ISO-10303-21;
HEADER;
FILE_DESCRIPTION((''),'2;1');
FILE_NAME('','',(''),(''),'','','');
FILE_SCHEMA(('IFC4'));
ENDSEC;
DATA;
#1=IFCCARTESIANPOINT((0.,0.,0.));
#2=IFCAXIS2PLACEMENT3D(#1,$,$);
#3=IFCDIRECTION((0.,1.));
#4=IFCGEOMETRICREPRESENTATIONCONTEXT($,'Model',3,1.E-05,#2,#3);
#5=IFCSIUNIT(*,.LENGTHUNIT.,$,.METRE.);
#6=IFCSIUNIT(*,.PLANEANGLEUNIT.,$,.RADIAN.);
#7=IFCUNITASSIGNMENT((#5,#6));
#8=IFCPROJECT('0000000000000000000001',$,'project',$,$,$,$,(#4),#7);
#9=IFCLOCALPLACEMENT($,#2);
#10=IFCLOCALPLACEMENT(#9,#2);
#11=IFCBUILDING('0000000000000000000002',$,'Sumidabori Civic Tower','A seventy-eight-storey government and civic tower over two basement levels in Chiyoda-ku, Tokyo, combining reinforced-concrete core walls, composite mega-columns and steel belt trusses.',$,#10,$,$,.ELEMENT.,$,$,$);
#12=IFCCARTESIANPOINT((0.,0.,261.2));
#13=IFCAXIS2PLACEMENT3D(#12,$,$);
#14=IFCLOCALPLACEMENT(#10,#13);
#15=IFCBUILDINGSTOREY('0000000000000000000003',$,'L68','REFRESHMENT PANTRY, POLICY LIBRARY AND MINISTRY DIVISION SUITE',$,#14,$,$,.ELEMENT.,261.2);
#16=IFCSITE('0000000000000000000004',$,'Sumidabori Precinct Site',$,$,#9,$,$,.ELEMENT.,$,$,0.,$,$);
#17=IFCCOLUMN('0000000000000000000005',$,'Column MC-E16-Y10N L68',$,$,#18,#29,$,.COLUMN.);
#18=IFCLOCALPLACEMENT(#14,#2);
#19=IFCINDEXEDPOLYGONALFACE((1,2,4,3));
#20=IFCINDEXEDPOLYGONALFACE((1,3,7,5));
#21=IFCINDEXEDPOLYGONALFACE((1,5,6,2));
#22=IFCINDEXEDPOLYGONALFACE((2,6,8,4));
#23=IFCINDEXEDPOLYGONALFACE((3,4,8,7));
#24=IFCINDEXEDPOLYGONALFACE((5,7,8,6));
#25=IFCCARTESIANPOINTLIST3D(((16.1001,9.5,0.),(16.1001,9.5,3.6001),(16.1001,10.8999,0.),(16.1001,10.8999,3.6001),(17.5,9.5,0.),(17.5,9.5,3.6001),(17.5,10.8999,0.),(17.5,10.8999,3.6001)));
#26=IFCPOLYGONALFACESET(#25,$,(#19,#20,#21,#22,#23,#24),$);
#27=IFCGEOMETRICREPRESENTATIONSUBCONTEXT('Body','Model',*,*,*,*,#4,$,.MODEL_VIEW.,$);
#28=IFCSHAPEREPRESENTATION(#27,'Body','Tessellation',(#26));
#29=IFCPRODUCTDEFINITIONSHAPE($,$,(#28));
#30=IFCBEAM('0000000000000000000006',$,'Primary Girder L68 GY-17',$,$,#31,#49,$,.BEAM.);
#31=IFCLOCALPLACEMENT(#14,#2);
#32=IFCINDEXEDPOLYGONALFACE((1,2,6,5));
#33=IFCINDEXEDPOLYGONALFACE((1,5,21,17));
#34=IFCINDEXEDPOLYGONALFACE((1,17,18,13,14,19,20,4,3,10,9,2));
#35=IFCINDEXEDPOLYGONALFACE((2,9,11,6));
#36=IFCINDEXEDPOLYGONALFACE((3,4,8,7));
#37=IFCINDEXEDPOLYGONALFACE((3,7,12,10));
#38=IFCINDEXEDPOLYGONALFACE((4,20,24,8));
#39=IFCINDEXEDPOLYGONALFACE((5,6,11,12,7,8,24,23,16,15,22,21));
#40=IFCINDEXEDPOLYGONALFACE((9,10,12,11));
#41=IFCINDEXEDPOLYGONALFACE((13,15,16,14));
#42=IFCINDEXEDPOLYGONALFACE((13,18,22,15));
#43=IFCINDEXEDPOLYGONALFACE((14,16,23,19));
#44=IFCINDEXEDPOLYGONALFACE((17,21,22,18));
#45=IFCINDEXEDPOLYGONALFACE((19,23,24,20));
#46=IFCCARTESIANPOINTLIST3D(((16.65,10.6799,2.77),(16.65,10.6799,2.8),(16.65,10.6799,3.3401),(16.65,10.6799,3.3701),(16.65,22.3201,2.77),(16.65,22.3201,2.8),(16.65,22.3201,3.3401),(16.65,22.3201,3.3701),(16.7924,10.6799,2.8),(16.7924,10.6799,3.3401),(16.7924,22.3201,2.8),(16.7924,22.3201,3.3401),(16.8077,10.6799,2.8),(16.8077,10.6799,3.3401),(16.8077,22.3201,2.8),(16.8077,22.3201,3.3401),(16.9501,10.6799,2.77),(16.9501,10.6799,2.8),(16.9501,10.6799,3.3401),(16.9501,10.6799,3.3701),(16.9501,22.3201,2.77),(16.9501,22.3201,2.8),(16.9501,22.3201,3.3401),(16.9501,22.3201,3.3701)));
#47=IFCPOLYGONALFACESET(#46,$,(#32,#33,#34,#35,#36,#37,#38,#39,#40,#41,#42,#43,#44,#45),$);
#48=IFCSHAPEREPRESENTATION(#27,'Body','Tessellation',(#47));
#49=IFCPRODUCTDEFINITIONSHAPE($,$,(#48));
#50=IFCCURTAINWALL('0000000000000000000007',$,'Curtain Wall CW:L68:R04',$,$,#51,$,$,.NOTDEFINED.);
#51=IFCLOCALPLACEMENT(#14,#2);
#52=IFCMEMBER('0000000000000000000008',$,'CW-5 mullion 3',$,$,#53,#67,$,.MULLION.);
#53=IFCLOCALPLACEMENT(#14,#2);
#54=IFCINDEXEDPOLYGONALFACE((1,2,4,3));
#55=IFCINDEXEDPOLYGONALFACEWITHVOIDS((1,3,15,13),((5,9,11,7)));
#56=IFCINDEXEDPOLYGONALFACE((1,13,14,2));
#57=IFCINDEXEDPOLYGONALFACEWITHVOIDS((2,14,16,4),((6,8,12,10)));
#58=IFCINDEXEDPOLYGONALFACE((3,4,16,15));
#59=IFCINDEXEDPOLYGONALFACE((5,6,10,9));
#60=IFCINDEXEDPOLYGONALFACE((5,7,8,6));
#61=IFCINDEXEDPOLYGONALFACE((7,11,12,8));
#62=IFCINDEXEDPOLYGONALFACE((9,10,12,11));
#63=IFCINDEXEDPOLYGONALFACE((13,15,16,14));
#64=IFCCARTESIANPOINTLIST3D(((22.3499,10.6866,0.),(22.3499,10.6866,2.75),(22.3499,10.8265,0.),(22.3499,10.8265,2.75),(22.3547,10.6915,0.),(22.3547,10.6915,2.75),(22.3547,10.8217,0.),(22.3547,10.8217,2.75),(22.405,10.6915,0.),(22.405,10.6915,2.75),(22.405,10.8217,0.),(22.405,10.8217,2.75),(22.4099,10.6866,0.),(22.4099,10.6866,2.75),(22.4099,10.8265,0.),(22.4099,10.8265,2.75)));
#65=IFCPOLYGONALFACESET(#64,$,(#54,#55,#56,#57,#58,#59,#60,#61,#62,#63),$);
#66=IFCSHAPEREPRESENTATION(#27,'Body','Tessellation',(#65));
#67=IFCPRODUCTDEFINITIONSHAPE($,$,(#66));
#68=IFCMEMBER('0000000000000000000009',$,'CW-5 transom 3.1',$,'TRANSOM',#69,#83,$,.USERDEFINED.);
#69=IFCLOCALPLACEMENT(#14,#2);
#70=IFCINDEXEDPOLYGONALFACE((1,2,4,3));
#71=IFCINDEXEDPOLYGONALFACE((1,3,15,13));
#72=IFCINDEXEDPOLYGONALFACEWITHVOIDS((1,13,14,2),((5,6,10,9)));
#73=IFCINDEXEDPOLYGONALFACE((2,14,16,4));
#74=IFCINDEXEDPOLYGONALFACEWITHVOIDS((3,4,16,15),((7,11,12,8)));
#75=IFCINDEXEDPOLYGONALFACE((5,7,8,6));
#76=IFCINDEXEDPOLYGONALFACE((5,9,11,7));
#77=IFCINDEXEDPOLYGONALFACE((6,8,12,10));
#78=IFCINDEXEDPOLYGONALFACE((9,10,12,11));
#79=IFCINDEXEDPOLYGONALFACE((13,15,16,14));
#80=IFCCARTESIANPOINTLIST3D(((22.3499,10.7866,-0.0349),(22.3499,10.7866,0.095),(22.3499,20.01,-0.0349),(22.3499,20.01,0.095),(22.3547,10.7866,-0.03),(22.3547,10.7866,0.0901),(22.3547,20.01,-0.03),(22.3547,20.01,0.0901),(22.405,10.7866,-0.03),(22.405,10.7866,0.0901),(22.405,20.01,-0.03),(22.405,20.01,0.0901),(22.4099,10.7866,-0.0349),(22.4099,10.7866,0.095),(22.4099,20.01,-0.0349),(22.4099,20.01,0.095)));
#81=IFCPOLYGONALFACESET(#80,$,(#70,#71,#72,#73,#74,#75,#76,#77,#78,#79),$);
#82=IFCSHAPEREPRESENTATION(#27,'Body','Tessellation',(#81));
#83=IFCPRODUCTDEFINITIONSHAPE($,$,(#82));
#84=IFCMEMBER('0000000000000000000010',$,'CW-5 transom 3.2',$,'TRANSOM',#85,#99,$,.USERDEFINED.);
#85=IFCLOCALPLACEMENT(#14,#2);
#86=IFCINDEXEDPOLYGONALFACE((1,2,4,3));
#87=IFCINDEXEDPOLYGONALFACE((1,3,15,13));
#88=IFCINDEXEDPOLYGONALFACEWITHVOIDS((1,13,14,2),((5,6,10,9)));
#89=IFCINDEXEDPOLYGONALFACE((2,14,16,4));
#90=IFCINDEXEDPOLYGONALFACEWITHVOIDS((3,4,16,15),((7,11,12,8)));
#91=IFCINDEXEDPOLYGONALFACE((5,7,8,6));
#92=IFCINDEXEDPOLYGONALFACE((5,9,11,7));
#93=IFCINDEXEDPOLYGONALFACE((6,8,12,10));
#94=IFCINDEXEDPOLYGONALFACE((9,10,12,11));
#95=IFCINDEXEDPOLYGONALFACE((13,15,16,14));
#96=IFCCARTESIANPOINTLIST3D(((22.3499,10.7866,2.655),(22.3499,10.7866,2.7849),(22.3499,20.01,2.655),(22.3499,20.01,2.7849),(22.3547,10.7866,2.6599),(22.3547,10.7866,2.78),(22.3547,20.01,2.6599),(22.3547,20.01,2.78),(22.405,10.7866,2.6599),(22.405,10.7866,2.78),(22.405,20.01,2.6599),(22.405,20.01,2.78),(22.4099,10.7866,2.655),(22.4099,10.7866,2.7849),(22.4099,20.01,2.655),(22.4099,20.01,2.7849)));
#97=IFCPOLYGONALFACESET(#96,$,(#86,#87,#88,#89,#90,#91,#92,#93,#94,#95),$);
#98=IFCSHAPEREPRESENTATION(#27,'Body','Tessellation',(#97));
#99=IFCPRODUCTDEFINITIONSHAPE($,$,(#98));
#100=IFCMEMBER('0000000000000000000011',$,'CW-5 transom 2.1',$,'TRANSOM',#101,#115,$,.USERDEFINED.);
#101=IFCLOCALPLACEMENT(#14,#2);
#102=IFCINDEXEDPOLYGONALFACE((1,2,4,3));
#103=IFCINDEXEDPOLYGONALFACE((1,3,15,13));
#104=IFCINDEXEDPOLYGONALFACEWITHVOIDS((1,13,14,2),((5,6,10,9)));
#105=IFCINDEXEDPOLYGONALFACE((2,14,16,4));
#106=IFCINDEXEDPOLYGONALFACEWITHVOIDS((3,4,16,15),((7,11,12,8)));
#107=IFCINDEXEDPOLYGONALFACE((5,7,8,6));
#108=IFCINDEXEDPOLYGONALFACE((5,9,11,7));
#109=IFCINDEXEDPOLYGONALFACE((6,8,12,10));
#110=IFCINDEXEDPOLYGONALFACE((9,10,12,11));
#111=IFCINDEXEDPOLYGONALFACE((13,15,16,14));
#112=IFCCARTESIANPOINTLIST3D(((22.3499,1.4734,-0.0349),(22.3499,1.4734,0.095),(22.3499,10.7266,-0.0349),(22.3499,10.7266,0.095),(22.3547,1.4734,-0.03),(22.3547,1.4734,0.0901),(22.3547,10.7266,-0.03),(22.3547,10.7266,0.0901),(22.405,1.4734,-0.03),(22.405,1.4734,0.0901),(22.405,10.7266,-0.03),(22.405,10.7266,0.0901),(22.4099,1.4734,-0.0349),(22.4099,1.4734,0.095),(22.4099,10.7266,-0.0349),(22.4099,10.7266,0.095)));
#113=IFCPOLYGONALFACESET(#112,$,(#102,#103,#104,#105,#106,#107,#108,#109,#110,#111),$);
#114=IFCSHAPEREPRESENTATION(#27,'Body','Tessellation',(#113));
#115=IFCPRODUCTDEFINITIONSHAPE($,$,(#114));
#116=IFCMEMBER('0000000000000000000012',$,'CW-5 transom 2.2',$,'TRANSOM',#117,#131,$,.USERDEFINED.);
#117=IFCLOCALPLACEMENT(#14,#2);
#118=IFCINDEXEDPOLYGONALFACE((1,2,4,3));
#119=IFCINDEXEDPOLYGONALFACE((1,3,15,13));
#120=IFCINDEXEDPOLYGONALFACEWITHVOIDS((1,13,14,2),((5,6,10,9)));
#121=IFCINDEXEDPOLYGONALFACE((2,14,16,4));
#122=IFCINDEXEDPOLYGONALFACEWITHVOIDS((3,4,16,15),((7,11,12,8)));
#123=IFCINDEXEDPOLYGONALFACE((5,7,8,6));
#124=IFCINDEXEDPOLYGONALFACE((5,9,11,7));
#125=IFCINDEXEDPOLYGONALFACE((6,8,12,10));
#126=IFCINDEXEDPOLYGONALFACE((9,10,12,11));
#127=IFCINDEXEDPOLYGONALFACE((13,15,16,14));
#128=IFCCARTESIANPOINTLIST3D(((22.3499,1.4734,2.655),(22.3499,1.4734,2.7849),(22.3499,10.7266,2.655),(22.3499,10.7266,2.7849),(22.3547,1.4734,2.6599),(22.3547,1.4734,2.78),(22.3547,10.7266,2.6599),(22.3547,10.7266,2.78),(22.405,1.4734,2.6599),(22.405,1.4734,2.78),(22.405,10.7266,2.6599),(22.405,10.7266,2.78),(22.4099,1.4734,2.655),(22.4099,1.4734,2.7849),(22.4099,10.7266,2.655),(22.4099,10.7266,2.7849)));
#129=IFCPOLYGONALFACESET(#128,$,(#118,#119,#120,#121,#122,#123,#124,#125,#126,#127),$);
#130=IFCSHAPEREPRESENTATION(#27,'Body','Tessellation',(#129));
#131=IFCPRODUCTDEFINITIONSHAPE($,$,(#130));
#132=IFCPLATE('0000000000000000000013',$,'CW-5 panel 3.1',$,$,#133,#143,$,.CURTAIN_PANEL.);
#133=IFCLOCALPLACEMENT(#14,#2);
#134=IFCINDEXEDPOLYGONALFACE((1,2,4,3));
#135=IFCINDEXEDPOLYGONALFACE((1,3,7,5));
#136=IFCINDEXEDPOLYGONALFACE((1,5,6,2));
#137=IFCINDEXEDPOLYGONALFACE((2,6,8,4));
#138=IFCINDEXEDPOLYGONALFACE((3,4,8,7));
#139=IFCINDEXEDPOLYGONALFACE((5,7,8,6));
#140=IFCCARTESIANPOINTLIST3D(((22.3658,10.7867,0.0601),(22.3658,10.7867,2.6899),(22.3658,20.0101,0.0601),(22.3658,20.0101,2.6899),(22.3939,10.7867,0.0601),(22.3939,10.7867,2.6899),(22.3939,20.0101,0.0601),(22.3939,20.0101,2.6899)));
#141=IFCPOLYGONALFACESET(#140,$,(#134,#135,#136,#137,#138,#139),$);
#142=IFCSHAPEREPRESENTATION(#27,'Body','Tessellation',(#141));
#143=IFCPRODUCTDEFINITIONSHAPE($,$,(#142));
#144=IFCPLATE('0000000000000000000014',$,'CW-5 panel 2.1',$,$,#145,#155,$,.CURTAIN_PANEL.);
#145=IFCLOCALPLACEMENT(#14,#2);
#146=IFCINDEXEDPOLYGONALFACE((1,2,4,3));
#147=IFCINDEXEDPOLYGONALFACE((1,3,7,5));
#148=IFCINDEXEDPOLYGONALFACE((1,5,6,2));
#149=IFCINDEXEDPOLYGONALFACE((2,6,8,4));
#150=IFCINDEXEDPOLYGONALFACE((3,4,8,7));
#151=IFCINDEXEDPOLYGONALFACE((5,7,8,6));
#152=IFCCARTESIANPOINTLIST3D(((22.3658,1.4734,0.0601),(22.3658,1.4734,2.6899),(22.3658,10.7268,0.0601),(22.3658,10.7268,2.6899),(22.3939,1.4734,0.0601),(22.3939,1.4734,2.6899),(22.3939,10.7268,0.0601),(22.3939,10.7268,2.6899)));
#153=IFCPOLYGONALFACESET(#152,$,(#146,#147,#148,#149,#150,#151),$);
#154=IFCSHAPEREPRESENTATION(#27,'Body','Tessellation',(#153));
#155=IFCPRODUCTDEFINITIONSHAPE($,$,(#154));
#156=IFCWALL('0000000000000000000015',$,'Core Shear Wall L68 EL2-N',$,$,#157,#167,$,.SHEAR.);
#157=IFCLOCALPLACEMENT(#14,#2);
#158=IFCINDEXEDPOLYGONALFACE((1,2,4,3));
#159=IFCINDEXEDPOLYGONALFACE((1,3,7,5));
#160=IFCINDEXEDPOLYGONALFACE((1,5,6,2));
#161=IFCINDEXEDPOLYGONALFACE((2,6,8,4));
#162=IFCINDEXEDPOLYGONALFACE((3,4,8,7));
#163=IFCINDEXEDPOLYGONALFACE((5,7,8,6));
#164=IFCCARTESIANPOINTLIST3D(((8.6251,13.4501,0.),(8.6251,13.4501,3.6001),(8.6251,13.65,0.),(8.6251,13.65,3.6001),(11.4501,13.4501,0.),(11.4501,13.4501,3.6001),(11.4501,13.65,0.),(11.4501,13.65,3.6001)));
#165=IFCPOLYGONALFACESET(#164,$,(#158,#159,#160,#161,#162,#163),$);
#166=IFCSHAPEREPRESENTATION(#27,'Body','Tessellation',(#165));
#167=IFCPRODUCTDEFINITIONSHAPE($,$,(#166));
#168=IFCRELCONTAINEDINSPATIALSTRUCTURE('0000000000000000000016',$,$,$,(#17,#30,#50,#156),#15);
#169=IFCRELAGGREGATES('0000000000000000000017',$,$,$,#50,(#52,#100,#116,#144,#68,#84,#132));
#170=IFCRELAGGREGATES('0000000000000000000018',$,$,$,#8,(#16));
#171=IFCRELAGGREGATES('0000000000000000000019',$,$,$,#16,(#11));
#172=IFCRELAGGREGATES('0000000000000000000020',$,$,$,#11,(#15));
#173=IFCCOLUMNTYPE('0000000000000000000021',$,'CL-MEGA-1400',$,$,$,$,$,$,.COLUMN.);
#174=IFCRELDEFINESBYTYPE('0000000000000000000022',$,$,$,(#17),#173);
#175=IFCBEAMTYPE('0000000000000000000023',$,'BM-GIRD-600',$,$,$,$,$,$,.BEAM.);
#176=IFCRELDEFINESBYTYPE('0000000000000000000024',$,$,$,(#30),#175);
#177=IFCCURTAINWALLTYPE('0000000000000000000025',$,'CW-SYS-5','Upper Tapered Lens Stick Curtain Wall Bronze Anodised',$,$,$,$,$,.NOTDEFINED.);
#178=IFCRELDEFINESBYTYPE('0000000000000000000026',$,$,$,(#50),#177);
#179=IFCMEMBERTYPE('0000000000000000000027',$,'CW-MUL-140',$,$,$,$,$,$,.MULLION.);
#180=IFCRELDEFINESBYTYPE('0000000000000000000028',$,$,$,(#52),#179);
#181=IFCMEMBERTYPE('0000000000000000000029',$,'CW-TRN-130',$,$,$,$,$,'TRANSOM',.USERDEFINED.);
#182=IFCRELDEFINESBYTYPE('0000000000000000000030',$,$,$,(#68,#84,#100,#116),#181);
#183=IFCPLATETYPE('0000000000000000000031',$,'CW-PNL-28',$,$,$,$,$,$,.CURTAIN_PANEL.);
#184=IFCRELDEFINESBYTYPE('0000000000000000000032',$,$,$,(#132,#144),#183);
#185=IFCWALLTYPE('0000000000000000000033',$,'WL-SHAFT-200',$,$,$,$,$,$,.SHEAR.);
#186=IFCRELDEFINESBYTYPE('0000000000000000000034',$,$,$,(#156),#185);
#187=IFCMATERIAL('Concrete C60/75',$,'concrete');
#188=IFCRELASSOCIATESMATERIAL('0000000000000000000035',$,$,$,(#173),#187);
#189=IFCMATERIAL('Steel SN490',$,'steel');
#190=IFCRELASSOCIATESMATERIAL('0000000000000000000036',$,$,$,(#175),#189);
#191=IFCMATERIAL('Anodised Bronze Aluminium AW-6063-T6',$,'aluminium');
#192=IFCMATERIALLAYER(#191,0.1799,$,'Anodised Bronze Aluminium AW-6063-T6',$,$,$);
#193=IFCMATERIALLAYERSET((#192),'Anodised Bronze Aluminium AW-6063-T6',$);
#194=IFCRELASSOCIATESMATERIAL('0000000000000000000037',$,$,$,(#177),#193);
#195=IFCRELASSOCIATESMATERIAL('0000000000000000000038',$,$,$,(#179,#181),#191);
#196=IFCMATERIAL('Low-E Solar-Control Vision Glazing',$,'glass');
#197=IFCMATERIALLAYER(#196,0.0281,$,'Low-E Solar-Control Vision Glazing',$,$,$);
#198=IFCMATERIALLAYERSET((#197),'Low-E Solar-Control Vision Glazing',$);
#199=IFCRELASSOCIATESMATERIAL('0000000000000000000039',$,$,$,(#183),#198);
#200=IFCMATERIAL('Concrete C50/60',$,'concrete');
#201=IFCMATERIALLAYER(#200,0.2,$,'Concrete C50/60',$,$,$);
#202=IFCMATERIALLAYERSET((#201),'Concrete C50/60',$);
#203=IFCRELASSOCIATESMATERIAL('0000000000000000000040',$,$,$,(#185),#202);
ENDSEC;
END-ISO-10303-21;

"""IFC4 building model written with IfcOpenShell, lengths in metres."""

from ifc_helpers import new_model, si_unit, direction, frame, frame_2d, origin, origin_2d, place, context, subcontext, project, spatial, rectangle, hollow_rectangle, i_section, extrude, source, transform, mapped, material, layer, layer_set, material_profile, profile_set, type_object, element, aggregate, save


model = new_model("IFC4")

# Units and contexts
model_context = context("Model", 3, precision=1e-05, world=origin(), true_north=direction((0.0, 1.0)))
body_context = subcontext(model_context, "Body", "Model", "MODEL_VIEW")
ifc_project = project(units=[si_unit("LENGTHUNIT", "METRE"), si_unit("PLANEANGLEUNIT", "RADIAN")], contexts=[model_context])

# Site, building, storey
site_placement = place(None, origin())
site = spatial("IfcSite", under=ifc_project, at=site_placement, Name="Sumidabori Precinct Site", CompositionType="ELEMENT", RefElevation=0.0)
building_placement = place(site_placement, origin())
building = spatial("IfcBuilding", under=site, at=building_placement, Name="Sumidabori Civic Tower", Description="A seventy-eight-storey government and civic tower over two basement levels in Chiyoda-ku, Tokyo, combining reinforced-concrete core walls, composite mega-columns and steel belt trusses.", CompositionType="ELEMENT")
storey_placement = place(building_placement, frame((0.0, 0.0, 261.2)))
storey = spatial("IfcBuildingStorey", under=building, at=storey_placement, Name="L68", Description="REFRESHMENT PANTRY, POLICY LIBRARY AND MINISTRY DIVISION SUITE", CompositionType="ELEMENT", Elevation=261.2)

# Column
ifc_material_1 = material(Name="Concrete C60/75", Category="concrete")
ifc_material_profile_1 = material_profile(ifc_material_1, rectangle(XDim=1.3999, YDim=1.3999, at=origin_2d()), Name="RC 1400x1400")
ifc_profile_set_1 = profile_set([ifc_material_profile_1], Name="Concrete C60/75")
column_type = type_object("IfcColumnType", Name="CL-MEGA-1400", PredefinedType="COLUMN", material=ifc_profile_set_1)
shared_shape_1 = source(origin(), body_context, "Body", "SweptSolid", [
    extrude(rectangle(XDim=1.3999, YDim=1.3999, at=origin_2d()), origin(), (0.0, 0.0, 1.0), 3.6001),
])
column_placement = place(storey_placement, frame((16.8, 10.2, 0.0), z_axis=(0.0, 0.0, 1.0), x_axis=(1.0, 0.0, 0.0)))
element("IfcColumn", 1, at=column_placement, inside=storey, type_object=column_type, Name="Column MC-E16-Y10N L68", PredefinedType="COLUMN", context=body_context, shape_type="MappedRepresentation", body=[
    mapped(shared_shape_1, transform((0.0, 0.0, 0.0), x_axis=(1.0, 0.0, 0.0), y_axis=(0.0, 1.0, 0.0), z_axis=(0.0, 0.0, 1.0), scale=1.0)),
])

# Beam
ifc_material_2 = material(Name="Steel SN490", Category="steel")
ifc_material_profile_2 = material_profile(ifc_material_2, i_section(OverallWidth=0.3, OverallDepth=0.6001, WebThickness=0.0154, FlangeThickness=0.03, at=origin_2d()), Name="HE 600 B")
ifc_profile_set_2 = profile_set([ifc_material_profile_2], Name="Steel SN490")
beam_type = type_object("IfcBeamType", Name="BM-GIRD-600", PredefinedType="BEAM", material=ifc_profile_set_2)
shared_shape_2 = source(origin(), body_context, "Body", "SweptSolid", [
    extrude(i_section(OverallWidth=0.3, OverallDepth=0.6001, WebThickness=0.0154, FlangeThickness=0.03, at=origin_2d()), origin(), (0.0, 0.0, 1.0), 11.6401),
])
beam_placement = place(storey_placement, frame((16.8, 10.6799, 3.0701), z_axis=(0.0, 1.0, 0.0), x_axis=(-1.0, 0.0, 0.0)))
element("IfcBeam", 2, at=beam_placement, inside=storey, type_object=beam_type, Name="Primary Girder L68 GY-17", PredefinedType="BEAM", context=body_context, shape_type="MappedRepresentation", body=[
    mapped(shared_shape_2, transform((0.0, 0.0, 0.0), x_axis=(1.0, 0.0, 0.0), y_axis=(0.0, 1.0, 0.0), z_axis=(0.0, 0.0, 1.0), scale=1.0)),
])

# Curtain wall, members, plates
ifc_material_3 = material(Name="Anodised Bronze Aluminium AW-6063-T6", Category="aluminium")
ifc_layer_1 = layer(ifc_material_3, 0.1799, Name="Anodised Bronze Aluminium AW-6063-T6")
ifc_layer_set_1 = layer_set([ifc_layer_1], Name="Anodised Bronze Aluminium AW-6063-T6")
curtain_wall_type = type_object("IfcCurtainWallType", Name="CW-SYS-5", Description="Upper Tapered Lens Stick Curtain Wall Bronze Anodised", PredefinedType="NOTDEFINED", material=ifc_layer_set_1)
curtain_wall_placement = place(storey_placement, origin())
curtain_wall = element("IfcCurtainWall", 3, at=curtain_wall_placement, inside=storey, type_object=curtain_wall_type, Name="Curtain Wall CW:L68:R04", PredefinedType="NOTDEFINED")
ifc_material_profile_3 = material_profile(ifc_material_3, hollow_rectangle(XDim=0.0601, YDim=0.1399, WallThickness=0.0049, at=origin_2d()), Name="ALU MULLION 140x60")
ifc_profile_set_3 = profile_set([ifc_material_profile_3], Name="Anodised Bronze Aluminium AW-6063-T6")
member_type_1 = type_object("IfcMemberType", Name="CW-MUL-140", PredefinedType="MULLION", material=ifc_profile_set_3)
shared_shape_3 = source(origin(), body_context, "Body", "SweptSolid", [
    extrude(hollow_rectangle(XDim=0.0601, YDim=0.1399, WallThickness=0.0049, at=origin_2d()), origin(), (0.0, 0.0, 1.0), 2.75),
])
member_1_placement = place(storey_placement, frame((22.3799, 10.7566, 0.0), z_axis=(0.0, 0.0, 1.0), x_axis=(-1.0, 0.0, 0.0)))
member_1 = element("IfcMember", 4, at=member_1_placement, type_object=member_type_1, Name="CW-5 mullion 3", PredefinedType="MULLION", context=body_context, shape_type="MappedRepresentation", body=[
    mapped(shared_shape_3, transform((0.0, 0.0, 0.0), x_axis=(1.0, 0.0, 0.0), y_axis=(0.0, 1.0, 0.0), z_axis=(0.0, 0.0, 1.0), scale=1.0)),
])
ifc_material_profile_4 = material_profile(ifc_material_3, hollow_rectangle(XDim=0.0601, YDim=0.1299, WallThickness=0.0049, at=origin_2d()), Name="ALU TRANSOM 130x60")
ifc_profile_set_4 = profile_set([ifc_material_profile_4], Name="Anodised Bronze Aluminium AW-6063-T6")
member_type_2 = type_object("IfcMemberType", Name="CW-TRN-130", ElementType="TRANSOM", PredefinedType="USERDEFINED", material=ifc_profile_set_4)
shared_shape_4 = source(origin(), body_context, "Body", "SweptSolid", [
    extrude(hollow_rectangle(XDim=0.0601, YDim=0.1299, WallThickness=0.0049, at=origin_2d()), origin(), (0.0, 0.0, 1.0), 9.2234),
])
member_2_placement = place(storey_placement, frame((22.3799, 10.7866, 0.03), z_axis=(0.0, 1.0, 0.0), x_axis=(-1.0, 0.0, 0.0)))
member_2 = element("IfcMember", 5, at=member_2_placement, type_object=member_type_2, Name="CW-5 transom 3.1", ObjectType="TRANSOM", PredefinedType="USERDEFINED", context=body_context, shape_type="MappedRepresentation", body=[
    mapped(shared_shape_4, transform((0.0, 0.0, 0.0), x_axis=(1.0, 0.0, 0.0), y_axis=(0.0, 1.0, 0.0), z_axis=(0.0, 0.0, 1.0), scale=1.0)),
])
member_3_placement = place(storey_placement, frame((22.3799, 10.7866, 2.72), z_axis=(0.0, 1.0, 0.0), x_axis=(-1.0, 0.0, 0.0)))
member_3 = element("IfcMember", 6, at=member_3_placement, type_object=member_type_2, Name="CW-5 transom 3.2", ObjectType="TRANSOM", PredefinedType="USERDEFINED", context=body_context, shape_type="MappedRepresentation", body=[
    mapped(shared_shape_4, transform((0.0, 0.0, 0.0), x_axis=(1.0, 0.0, 0.0), y_axis=(0.0, 1.0, 0.0), z_axis=(0.0, 0.0, 1.0), scale=1.0)),
])
shared_shape_5 = source(origin(), body_context, "Body", "SweptSolid", [
    extrude(hollow_rectangle(XDim=0.0601, YDim=0.1299, WallThickness=0.0049, at=origin_2d()), origin(), (0.0, 0.0, 1.0), 9.2532),
])
member_4_placement = place(storey_placement, frame((22.3799, 1.4734, 0.03), z_axis=(0.0, 1.0, 0.0), x_axis=(-1.0, 0.0, 0.0)))
member_4 = element("IfcMember", 7, at=member_4_placement, type_object=member_type_2, Name="CW-5 transom 2.1", ObjectType="TRANSOM", PredefinedType="USERDEFINED", context=body_context, shape_type="MappedRepresentation", body=[
    mapped(shared_shape_5, transform((0.0, 0.0, 0.0), x_axis=(1.0, 0.0, 0.0), y_axis=(0.0, 1.0, 0.0), z_axis=(0.0, 0.0, 1.0), scale=1.0)),
])
member_5_placement = place(storey_placement, frame((22.3799, 1.4734, 2.72), z_axis=(0.0, 1.0, 0.0), x_axis=(-1.0, 0.0, 0.0)))
member_5 = element("IfcMember", 8, at=member_5_placement, type_object=member_type_2, Name="CW-5 transom 2.2", ObjectType="TRANSOM", PredefinedType="USERDEFINED", context=body_context, shape_type="MappedRepresentation", body=[
    mapped(shared_shape_5, transform((0.0, 0.0, 0.0), x_axis=(1.0, 0.0, 0.0), y_axis=(0.0, 1.0, 0.0), z_axis=(0.0, 0.0, 1.0), scale=1.0)),
])
ifc_material_4 = material(Name="Low-E Solar-Control Vision Glazing", Category="glass")
ifc_layer_2 = layer(ifc_material_4, 0.0281, Name="Low-E Solar-Control Vision Glazing")
ifc_layer_set_2 = layer_set([ifc_layer_2], Name="Low-E Solar-Control Vision Glazing")
plate_type = type_object("IfcPlateType", Name="CW-PNL-28", PredefinedType="CURTAIN_PANEL", material=ifc_layer_set_2)
shared_shape_6 = source(origin(), body_context, "Body", "SweptSolid", [
    extrude(rectangle(XDim=9.2234, YDim=0.0281, at=origin_2d()), origin(), (0.0, 0.0, 1.0), 2.6299),
])
plate_1_placement = place(storey_placement, frame((22.3799, 15.3984, 0.0601), z_axis=(0.0, 0.0, 1.0), x_axis=(0.0, 1.0, 0.0)))
plate_1 = element("IfcPlate", 9, at=plate_1_placement, type_object=plate_type, Name="CW-5 panel 3.1", PredefinedType="CURTAIN_PANEL", context=body_context, shape_type="MappedRepresentation", body=[
    mapped(shared_shape_6, transform((0.0, 0.0, 0.0), x_axis=(1.0, 0.0, 0.0), y_axis=(0.0, 1.0, 0.0), z_axis=(0.0, 0.0, 1.0), scale=1.0)),
])
shared_shape_7 = source(origin(), body_context, "Body", "SweptSolid", [
    extrude(rectangle(XDim=9.2534, YDim=0.0281, at=origin_2d()), origin(), (0.0, 0.0, 1.0), 2.6299),
])
plate_2_placement = place(storey_placement, frame((22.3799, 6.1001, 0.0601), z_axis=(0.0, 0.0, 1.0), x_axis=(0.0, 1.0, 0.0)))
plate_2 = element("IfcPlate", 10, at=plate_2_placement, type_object=plate_type, Name="CW-5 panel 2.1", PredefinedType="CURTAIN_PANEL", context=body_context, shape_type="MappedRepresentation", body=[
    mapped(shared_shape_7, transform((0.0, 0.0, 0.0), x_axis=(1.0, 0.0, 0.0), y_axis=(0.0, 1.0, 0.0), z_axis=(0.0, 0.0, 1.0), scale=1.0)),
])
aggregate(curtain_wall, [member_1, member_4, member_5, plate_2, member_2, member_3, plate_1])

# Wall
ifc_material_5 = material(Name="Concrete C50/60", Category="concrete")
ifc_layer_3 = layer(ifc_material_5, 0.2, Name="Concrete C50/60")
ifc_layer_set_3 = layer_set([ifc_layer_3], Name="Concrete C50/60")
wall_type_1 = type_object("IfcWallType", Name="WL-SHAFT-200", PredefinedType="SHEAR", material=ifc_layer_set_3)
shared_shape_8 = source(origin(), body_context, "Body", "SweptSolid", [
    extrude(rectangle(XDim=2.825, YDim=0.2, at=frame_2d((1.4126, 0.0))), origin(), (0.0, 0.0, 1.0), 3.6001),
])
wall_1_placement = place(storey_placement, frame((8.625, 13.55, 0.0), z_axis=(0.0, 0.0, 1.0), x_axis=(1.0, 0.0, 0.0)))
element("IfcWall", 11, at=wall_1_placement, inside=storey, type_object=wall_type_1, Name="Core Shear Wall L68 EL2-N", PredefinedType="SHEAR", context=body_context, shape_type="MappedRepresentation", body=[
    mapped(shared_shape_8, transform((0.0, 0.0, 0.0), x_axis=(1.0, 0.0, 0.0), y_axis=(0.0, 1.0, 0.0), z_axis=(0.0, 0.0, 1.0), scale=1.0)),
])

save(model, "model.ifc")
